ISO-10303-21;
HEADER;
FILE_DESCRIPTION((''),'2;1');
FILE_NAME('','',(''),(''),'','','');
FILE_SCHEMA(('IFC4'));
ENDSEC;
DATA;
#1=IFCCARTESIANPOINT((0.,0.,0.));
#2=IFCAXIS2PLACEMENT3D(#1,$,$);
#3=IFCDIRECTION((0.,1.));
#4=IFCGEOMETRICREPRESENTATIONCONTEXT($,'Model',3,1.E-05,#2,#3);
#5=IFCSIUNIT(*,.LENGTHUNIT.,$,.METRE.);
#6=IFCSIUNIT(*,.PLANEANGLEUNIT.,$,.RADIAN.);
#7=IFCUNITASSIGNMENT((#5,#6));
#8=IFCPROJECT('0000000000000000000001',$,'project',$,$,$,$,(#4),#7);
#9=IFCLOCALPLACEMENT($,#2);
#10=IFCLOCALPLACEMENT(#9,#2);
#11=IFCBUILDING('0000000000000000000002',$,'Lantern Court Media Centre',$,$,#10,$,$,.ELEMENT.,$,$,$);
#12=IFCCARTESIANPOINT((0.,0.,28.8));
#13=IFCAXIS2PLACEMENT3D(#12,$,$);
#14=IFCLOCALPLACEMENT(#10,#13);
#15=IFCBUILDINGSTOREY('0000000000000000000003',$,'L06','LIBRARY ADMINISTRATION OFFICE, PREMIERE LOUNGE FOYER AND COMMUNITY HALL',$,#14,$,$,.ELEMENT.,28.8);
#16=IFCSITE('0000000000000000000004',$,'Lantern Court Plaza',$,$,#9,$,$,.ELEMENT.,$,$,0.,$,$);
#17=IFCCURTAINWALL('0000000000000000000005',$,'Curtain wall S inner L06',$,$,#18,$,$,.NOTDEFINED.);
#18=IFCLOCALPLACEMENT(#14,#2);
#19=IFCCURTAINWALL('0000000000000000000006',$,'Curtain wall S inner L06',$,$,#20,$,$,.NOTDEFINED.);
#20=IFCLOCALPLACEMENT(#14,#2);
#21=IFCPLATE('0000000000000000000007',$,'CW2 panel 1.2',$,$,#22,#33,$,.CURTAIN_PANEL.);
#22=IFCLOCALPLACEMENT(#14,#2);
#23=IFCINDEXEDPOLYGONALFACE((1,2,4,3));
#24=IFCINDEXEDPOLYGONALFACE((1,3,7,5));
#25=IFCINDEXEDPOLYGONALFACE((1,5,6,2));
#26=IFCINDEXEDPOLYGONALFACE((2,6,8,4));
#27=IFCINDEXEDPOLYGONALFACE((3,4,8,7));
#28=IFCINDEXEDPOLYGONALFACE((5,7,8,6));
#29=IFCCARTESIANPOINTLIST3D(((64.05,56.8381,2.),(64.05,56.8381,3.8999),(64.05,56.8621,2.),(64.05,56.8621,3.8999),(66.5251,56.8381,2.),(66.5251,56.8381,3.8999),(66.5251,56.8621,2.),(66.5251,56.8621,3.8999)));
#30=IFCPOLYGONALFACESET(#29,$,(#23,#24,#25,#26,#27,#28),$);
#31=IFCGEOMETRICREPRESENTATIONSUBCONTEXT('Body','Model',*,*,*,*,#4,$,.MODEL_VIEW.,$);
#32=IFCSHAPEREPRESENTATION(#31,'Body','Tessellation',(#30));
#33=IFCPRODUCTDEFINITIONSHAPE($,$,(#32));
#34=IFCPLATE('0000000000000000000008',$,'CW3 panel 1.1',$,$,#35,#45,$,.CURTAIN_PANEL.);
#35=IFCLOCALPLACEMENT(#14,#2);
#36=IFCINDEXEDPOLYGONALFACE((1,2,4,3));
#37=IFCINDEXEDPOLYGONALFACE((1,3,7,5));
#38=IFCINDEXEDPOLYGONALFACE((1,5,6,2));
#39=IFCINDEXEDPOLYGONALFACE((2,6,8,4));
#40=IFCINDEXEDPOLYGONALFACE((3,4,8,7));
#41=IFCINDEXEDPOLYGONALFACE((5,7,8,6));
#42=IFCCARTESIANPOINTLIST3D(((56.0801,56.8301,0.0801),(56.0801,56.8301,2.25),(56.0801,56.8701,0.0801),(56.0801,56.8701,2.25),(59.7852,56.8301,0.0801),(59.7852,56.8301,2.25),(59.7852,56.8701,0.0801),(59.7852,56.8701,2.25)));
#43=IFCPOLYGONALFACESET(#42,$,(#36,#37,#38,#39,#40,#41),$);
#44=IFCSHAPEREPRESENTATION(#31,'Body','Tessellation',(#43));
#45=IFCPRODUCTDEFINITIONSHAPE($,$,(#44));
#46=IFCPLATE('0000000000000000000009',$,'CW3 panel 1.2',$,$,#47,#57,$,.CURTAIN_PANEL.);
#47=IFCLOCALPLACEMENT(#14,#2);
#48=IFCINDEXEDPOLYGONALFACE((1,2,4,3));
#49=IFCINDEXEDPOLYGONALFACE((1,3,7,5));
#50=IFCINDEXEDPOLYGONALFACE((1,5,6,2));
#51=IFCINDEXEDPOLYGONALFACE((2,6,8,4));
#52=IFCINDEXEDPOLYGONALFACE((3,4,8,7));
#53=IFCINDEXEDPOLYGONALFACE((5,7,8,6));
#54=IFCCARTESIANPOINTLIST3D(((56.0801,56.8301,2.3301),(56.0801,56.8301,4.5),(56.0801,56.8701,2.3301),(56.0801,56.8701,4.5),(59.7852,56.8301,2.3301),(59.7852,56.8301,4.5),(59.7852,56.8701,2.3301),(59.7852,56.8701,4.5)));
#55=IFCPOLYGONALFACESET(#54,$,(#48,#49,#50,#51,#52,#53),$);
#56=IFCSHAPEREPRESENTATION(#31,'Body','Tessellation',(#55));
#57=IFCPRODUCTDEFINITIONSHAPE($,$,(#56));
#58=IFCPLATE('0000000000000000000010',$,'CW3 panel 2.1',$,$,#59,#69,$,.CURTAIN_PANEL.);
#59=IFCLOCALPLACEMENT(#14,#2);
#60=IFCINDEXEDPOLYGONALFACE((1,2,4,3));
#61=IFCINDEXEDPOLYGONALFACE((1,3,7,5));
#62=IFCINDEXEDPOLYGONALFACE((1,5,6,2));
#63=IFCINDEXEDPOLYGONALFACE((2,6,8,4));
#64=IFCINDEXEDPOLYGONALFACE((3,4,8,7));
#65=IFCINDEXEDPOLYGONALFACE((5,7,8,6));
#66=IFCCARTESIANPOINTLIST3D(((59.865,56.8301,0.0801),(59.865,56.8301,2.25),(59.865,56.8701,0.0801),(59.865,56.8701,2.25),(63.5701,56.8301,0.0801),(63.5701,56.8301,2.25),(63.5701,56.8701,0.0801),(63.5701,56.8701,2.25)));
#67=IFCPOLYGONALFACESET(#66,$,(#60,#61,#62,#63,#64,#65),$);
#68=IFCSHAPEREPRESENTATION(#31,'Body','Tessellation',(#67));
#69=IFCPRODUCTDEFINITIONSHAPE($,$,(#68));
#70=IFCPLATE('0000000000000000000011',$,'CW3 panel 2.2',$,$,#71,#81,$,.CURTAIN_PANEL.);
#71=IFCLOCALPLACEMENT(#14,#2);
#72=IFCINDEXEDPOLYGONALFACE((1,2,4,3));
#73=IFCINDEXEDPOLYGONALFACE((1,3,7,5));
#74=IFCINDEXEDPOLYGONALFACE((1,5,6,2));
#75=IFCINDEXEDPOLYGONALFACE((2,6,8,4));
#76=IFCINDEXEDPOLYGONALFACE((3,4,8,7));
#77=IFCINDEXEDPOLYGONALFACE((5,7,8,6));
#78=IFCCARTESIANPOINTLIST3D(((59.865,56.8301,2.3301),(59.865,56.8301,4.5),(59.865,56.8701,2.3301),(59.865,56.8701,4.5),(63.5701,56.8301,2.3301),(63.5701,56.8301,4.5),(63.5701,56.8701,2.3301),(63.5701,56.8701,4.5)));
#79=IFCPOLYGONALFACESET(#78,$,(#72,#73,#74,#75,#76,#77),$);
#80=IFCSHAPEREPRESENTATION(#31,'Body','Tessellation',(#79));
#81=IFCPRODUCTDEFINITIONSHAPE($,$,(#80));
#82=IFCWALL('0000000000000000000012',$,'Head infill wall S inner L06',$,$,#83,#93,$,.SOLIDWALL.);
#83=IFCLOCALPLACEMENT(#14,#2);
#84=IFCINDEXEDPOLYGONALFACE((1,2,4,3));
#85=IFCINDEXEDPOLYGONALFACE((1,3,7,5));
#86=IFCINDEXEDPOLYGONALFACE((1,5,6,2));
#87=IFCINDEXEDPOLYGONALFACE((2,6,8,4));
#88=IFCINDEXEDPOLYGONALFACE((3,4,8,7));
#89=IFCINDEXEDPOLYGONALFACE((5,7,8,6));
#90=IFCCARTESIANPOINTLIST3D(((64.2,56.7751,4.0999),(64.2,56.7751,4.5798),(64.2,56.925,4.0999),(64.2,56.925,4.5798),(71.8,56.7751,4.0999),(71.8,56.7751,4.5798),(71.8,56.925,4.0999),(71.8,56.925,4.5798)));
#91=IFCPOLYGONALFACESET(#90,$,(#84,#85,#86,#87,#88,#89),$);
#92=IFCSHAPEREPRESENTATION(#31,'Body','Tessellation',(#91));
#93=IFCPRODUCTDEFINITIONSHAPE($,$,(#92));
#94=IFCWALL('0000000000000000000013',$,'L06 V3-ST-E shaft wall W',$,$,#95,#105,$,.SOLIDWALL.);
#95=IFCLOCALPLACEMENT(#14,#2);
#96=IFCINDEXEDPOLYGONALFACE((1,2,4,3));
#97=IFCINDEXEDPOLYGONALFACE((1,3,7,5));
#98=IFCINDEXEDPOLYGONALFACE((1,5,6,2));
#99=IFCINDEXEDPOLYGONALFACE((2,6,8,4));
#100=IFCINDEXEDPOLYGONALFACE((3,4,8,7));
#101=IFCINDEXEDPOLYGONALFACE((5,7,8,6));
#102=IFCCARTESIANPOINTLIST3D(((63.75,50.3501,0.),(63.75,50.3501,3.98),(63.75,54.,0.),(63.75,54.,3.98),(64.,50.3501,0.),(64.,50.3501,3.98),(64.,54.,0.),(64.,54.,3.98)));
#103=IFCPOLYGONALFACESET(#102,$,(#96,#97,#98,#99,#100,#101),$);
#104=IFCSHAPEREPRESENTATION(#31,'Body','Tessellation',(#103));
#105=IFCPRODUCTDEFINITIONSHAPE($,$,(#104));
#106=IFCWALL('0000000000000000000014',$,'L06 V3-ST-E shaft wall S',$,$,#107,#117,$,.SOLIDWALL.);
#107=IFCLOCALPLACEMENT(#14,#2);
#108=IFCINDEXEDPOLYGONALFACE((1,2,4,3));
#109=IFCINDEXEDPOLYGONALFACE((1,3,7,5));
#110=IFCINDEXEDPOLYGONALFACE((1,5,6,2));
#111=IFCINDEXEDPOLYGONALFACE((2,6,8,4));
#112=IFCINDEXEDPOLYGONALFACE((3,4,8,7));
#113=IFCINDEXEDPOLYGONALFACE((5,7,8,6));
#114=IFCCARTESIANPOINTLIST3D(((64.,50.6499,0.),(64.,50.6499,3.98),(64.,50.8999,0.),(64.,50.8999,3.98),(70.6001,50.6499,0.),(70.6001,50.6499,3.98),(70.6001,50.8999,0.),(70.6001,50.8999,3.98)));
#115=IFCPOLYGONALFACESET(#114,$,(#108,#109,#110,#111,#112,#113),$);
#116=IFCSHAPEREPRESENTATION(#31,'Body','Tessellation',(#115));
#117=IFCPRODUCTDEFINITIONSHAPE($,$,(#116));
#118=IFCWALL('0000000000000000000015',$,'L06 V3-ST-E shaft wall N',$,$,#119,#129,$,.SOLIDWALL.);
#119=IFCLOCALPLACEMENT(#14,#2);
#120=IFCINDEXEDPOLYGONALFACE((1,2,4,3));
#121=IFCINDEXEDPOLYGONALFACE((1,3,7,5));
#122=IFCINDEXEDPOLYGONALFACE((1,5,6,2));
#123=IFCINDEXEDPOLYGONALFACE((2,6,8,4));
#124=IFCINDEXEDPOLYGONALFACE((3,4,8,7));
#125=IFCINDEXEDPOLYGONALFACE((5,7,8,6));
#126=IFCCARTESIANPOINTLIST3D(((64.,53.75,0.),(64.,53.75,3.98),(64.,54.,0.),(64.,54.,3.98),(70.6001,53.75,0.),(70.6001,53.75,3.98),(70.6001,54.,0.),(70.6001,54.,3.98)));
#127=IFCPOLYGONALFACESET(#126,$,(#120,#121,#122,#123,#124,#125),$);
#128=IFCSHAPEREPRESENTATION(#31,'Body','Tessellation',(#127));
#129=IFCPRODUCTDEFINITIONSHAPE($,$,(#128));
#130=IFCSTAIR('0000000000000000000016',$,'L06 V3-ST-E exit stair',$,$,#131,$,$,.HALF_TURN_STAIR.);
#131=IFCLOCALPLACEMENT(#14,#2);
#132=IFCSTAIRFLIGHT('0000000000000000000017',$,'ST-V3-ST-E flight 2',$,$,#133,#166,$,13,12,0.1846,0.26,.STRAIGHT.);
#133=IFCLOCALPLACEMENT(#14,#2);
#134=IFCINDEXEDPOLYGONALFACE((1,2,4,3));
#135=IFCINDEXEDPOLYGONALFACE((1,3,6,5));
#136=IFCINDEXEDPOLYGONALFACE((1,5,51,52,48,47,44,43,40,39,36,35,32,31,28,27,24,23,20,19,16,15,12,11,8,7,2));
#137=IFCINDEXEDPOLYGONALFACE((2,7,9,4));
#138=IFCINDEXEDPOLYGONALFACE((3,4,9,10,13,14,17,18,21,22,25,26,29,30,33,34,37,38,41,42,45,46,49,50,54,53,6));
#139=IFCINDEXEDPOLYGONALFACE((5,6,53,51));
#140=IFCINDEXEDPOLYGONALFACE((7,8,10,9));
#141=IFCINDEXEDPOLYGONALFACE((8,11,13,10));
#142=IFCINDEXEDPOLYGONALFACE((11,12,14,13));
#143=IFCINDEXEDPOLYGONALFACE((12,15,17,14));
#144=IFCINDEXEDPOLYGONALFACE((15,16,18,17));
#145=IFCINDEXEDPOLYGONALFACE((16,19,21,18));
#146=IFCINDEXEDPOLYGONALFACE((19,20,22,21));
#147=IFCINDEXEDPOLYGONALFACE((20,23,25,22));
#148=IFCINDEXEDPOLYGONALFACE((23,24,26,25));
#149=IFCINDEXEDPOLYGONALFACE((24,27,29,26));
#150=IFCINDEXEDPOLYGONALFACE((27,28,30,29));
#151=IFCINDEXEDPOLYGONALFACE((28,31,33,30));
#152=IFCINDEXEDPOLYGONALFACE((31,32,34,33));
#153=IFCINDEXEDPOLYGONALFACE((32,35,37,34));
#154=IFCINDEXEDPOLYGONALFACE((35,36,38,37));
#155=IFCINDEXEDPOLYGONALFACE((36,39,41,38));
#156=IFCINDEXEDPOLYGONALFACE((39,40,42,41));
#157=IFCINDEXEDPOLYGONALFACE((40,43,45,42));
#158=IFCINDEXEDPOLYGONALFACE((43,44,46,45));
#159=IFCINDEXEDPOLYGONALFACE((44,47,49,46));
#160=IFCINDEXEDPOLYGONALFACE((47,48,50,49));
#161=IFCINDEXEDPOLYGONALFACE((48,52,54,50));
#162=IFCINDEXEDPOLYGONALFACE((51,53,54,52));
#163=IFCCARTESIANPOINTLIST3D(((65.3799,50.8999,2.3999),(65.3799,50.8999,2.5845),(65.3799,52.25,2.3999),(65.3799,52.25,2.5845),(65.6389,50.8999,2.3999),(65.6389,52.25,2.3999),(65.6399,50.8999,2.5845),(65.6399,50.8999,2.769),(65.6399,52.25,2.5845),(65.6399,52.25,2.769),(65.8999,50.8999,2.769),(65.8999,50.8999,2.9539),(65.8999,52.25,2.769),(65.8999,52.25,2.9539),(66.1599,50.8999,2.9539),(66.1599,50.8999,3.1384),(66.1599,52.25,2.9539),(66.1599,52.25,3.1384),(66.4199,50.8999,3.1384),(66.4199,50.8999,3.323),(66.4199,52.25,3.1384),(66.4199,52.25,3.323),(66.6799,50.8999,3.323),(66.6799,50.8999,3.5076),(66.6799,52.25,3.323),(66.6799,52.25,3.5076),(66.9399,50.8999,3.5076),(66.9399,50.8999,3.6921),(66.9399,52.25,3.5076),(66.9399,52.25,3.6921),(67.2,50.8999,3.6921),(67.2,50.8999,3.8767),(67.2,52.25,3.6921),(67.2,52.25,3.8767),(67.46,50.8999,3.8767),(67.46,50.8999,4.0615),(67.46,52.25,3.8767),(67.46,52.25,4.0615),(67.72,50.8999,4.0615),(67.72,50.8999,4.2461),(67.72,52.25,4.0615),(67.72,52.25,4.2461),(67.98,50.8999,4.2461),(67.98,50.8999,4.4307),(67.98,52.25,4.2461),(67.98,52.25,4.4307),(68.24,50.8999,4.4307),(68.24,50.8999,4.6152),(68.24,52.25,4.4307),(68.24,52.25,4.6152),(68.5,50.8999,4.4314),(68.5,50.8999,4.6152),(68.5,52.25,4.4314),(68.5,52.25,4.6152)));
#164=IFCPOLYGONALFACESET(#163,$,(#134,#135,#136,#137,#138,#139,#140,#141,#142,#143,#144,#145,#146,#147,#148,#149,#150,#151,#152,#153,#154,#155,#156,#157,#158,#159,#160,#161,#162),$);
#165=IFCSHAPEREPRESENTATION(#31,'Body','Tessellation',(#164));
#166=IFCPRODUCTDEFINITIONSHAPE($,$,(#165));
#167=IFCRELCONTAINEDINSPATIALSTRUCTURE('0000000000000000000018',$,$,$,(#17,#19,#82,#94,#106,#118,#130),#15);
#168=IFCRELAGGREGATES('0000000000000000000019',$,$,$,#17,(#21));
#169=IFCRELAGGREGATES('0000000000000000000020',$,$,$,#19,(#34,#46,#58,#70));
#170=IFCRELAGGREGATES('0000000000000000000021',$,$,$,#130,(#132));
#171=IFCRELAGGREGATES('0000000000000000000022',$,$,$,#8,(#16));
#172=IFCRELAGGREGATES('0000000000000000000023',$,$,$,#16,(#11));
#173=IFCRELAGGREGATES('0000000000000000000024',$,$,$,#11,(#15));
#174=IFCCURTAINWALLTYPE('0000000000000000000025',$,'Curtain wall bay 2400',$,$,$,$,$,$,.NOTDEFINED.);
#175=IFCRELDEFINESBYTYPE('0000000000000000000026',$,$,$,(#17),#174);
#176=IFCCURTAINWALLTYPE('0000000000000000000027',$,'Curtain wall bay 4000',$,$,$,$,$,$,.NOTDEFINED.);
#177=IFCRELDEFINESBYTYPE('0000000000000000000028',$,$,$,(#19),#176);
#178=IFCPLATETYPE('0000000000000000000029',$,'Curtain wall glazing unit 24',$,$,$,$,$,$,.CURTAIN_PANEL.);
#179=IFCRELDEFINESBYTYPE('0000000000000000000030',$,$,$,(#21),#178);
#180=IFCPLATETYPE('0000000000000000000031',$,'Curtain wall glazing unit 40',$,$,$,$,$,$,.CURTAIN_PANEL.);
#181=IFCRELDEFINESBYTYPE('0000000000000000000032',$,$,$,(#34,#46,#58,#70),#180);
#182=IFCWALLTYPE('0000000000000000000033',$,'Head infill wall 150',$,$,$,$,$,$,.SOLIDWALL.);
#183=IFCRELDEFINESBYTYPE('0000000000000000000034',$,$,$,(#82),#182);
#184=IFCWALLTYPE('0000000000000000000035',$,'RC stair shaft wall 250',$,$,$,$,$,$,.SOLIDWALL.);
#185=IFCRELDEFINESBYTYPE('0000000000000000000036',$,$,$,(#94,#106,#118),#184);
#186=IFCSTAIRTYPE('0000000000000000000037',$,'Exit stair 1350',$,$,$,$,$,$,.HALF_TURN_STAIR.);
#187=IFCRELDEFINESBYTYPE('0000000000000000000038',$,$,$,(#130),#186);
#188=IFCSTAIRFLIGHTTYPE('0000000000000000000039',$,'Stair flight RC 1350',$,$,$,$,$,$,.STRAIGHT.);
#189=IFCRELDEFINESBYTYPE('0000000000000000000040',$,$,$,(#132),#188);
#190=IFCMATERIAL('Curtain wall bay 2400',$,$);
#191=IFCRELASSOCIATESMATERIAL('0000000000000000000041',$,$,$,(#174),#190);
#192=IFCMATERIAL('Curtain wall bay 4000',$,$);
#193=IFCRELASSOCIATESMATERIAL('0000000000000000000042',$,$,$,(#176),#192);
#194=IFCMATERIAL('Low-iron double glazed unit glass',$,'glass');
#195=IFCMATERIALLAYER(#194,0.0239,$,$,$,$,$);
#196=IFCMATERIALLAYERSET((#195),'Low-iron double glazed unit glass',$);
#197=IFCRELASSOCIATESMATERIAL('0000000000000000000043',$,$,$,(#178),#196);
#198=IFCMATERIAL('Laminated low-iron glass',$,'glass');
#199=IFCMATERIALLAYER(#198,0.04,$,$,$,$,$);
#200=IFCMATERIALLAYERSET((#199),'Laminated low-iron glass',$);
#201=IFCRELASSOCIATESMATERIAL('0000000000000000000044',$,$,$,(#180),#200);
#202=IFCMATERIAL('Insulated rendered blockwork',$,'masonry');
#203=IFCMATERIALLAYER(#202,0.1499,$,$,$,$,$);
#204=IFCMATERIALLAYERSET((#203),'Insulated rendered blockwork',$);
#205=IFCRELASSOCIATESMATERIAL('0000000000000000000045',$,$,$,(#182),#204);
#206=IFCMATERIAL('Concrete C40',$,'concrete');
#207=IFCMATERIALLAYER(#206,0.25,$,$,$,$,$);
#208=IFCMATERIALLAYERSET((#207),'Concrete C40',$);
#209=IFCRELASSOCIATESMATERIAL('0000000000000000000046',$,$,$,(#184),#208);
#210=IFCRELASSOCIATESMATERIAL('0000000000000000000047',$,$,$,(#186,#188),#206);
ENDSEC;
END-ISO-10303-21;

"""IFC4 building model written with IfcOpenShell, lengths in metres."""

from ifc_helpers import new_model, si_unit, direction, frame, frame_2d, origin, origin_2d, place, context, subcontext, project, spatial, polyline, rectangle, outline, extrude, material, layer, layer_set, type_object, element, aggregate, save


model = new_model("IFC4")

# Units and contexts
model_context = context("Model", 3, precision=1e-05, world=origin(), true_north=direction((0.0, 1.0)))
body_context = subcontext(model_context, "Body", "Model", "MODEL_VIEW")
ifc_project = project(units=[si_unit("LENGTHUNIT", "METRE"), si_unit("PLANEANGLEUNIT", "RADIAN")], contexts=[model_context])

# Site, building, storey
site_placement = place(None, origin())
site = spatial("IfcSite", under=ifc_project, at=site_placement, Name="Lantern Court Plaza", CompositionType="ELEMENT", RefElevation=0.0)
building_placement = place(site_placement, origin())
building = spatial("IfcBuilding", under=site, at=building_placement, Name="Lantern Court Media Centre", CompositionType="ELEMENT")
storey_placement = place(building_placement, frame((0.0, 0.0, 28.8)))
storey = spatial("IfcBuildingStorey", under=building, at=storey_placement, Name="L06", Description="LIBRARY ADMINISTRATION OFFICE, PREMIERE LOUNGE FOYER AND COMMUNITY HALL", CompositionType="ELEMENT", Elevation=28.8)

# Curtain walls
ifc_material_1 = material(Name="Curtain wall bay 2400")
curtain_wall_type_1 = type_object("IfcCurtainWallType", Name="Curtain wall bay 2400", PredefinedType="NOTDEFINED", material=ifc_material_1)
curtain_wall_1_placement = place(storey_placement, origin())
curtain_wall_1 = element("IfcCurtainWall", 1, at=curtain_wall_1_placement, inside=storey, type_object=curtain_wall_type_1, Name="Curtain wall S inner L06", PredefinedType="NOTDEFINED")
ifc_material_2 = material(Name="Curtain wall bay 4000")
curtain_wall_type_2 = type_object("IfcCurtainWallType", Name="Curtain wall bay 4000", PredefinedType="NOTDEFINED", material=ifc_material_2)
curtain_wall_2_placement = place(storey_placement, origin())
curtain_wall_2 = element("IfcCurtainWall", 2, at=curtain_wall_2_placement, inside=storey, type_object=curtain_wall_type_2, Name="Curtain wall S inner L06", PredefinedType="NOTDEFINED")

# Plates
ifc_material_3 = material(Name="Low-iron double glazed unit glass", Category="glass")
ifc_layer_1 = layer(ifc_material_3, 0.0239)
ifc_layer_set_1 = layer_set([ifc_layer_1], Name="Low-iron double glazed unit glass")
plate_type_1 = type_object("IfcPlateType", Name="Curtain wall glazing unit 24", PredefinedType="CURTAIN_PANEL", material=ifc_layer_set_1)
plate_1_placement = place(storey_placement, frame((65.2876, 56.8501, 2.0), z_axis=(0.0, 0.0, 1.0), x_axis=(1.0, 0.0, 0.0)))
plate_1 = element("IfcPlate", 3, at=plate_1_placement, type_object=plate_type_1, Name="CW2 panel 1.2", PredefinedType="CURTAIN_PANEL", context=body_context, shape_type="SweptSolid", body=[
    extrude(rectangle(XDim=2.4751, YDim=0.0239, at=origin_2d()), origin(), (0.0, 0.0, 1.0), 1.8999),
])
aggregate(curtain_wall_1, [plate_1])
ifc_material_4 = material(Name="Laminated low-iron glass", Category="glass")
ifc_layer_2 = layer(ifc_material_4, 0.04)
ifc_layer_set_2 = layer_set([ifc_layer_2], Name="Laminated low-iron glass")
plate_type_2 = type_object("IfcPlateType", Name="Curtain wall glazing unit 40", PredefinedType="CURTAIN_PANEL", material=ifc_layer_set_2)
plate_2_placement = place(storey_placement, frame((57.9326, 56.8501, 0.0801), z_axis=(0.0, 0.0, 1.0), x_axis=(1.0, 0.0, 0.0)))
plate_2 = element("IfcPlate", 4, at=plate_2_placement, type_object=plate_type_2, Name="CW3 panel 1.1", PredefinedType="CURTAIN_PANEL", context=body_context, shape_type="SweptSolid", body=[
    extrude(rectangle(XDim=3.7051, YDim=0.04, at=origin_2d()), origin(), (0.0, 0.0, 1.0), 2.1699),
])
plate_3_placement = place(storey_placement, frame((57.9326, 56.8501, 2.3301), z_axis=(0.0, 0.0, 1.0), x_axis=(1.0, 0.0, 0.0)))
plate_3 = element("IfcPlate", 5, at=plate_3_placement, type_object=plate_type_2, Name="CW3 panel 1.2", PredefinedType="CURTAIN_PANEL", context=body_context, shape_type="SweptSolid", body=[
    extrude(rectangle(XDim=3.7051, YDim=0.04, at=origin_2d()), origin(), (0.0, 0.0, 1.0), 2.1699),
])
plate_4_placement = place(storey_placement, frame((61.7175, 56.8501, 0.0801), z_axis=(0.0, 0.0, 1.0), x_axis=(1.0, 0.0, 0.0)))
plate_4 = element("IfcPlate", 6, at=plate_4_placement, type_object=plate_type_2, Name="CW3 panel 2.1", PredefinedType="CURTAIN_PANEL", context=body_context, shape_type="SweptSolid", body=[
    extrude(rectangle(XDim=3.7051, YDim=0.04, at=origin_2d()), origin(), (0.0, 0.0, 1.0), 2.1699),
])
plate_5_placement = place(storey_placement, frame((61.7175, 56.8501, 2.3301), z_axis=(0.0, 0.0, 1.0), x_axis=(1.0, 0.0, 0.0)))
plate_5 = element("IfcPlate", 7, at=plate_5_placement, type_object=plate_type_2, Name="CW3 panel 2.2", PredefinedType="CURTAIN_PANEL", context=body_context, shape_type="SweptSolid", body=[
    extrude(rectangle(XDim=3.7051, YDim=0.04, at=origin_2d()), origin(), (0.0, 0.0, 1.0), 2.1699),
])
aggregate(curtain_wall_2, [plate_2, plate_3, plate_4, plate_5])

# Walls
ifc_material_5 = material(Name="Insulated rendered blockwork", Category="masonry")
ifc_layer_3 = layer(ifc_material_5, 0.1499)
ifc_layer_set_3 = layer_set([ifc_layer_3], Name="Insulated rendered blockwork")
wall_type_1 = type_object("IfcWallType", Name="Head infill wall 150", PredefinedType="SOLIDWALL", material=ifc_layer_set_3)
wall_1_placement = place(storey_placement, frame((64.2, 56.8501, 4.0999), z_axis=(0.0, 0.0, 1.0), x_axis=(1.0, 0.0, 0.0)))
element("IfcWall", 8, at=wall_1_placement, inside=storey, type_object=wall_type_1, Name="Head infill wall S inner L06", PredefinedType="SOLIDWALL", context=body_context, shape_type="SweptSolid", body=[
    extrude(rectangle(XDim=7.6001, YDim=0.1499, at=frame_2d((3.8, 0.0))), origin(), (0.0, 0.0, 1.0), 0.48),
])
ifc_material_6 = material(Name="Concrete C40", Category="concrete")
ifc_layer_4 = layer(ifc_material_6, 0.25)
ifc_layer_set_4 = layer_set([ifc_layer_4], Name="Concrete C40")
wall_type_2 = type_object("IfcWallType", Name="RC stair shaft wall 250", PredefinedType="SOLIDWALL", material=ifc_layer_set_4)
wall_2_placement = place(storey_placement, frame((63.875, 50.3501, 0.0), z_axis=(0.0, 0.0, 1.0), x_axis=(0.0, 1.0, 0.0)))
element("IfcWall", 9, at=wall_2_placement, inside=storey, type_object=wall_type_2, Name="L06 V3-ST-E shaft wall W", PredefinedType="SOLIDWALL", context=body_context, shape_type="SweptSolid", body=[
    extrude(rectangle(XDim=3.6499, YDim=0.25, at=frame_2d((1.825, 0.0))), origin(), (0.0, 0.0, 1.0), 3.98),
])
for number, where, z_axis, x_axis, name in (
    (10, (64.0, 50.7749, 0.0), (0.0, 0.0, 1.0), (1.0, 0.0, 0.0), "L06 V3-ST-E shaft wall S"),
    (11, (64.0, 53.875, 0.0), (0.0, 0.0, 1.0), (1.0, 0.0, 0.0), "L06 V3-ST-E shaft wall N"),
):
    element("IfcWall", number, at=place(storey_placement, frame(where, z_axis=z_axis, x_axis=x_axis)), inside=storey, type_object=wall_type_2, Name=name, PredefinedType="SOLIDWALL", context=body_context, shape_type="SweptSolid", body=[
        extrude(rectangle(XDim=6.6001, YDim=0.25, at=frame_2d((3.3, 0.0))), origin(), (0.0, 0.0, 1.0), 3.98),
    ])

# Stair, stair flight
stair_type = type_object("IfcStairType", Name="Exit stair 1350", PredefinedType="HALF_TURN_STAIR", material=ifc_material_6)
stair_placement = place(storey_placement, origin())
stair = element("IfcStair", 12, at=stair_placement, inside=storey, type_object=stair_type, Name="L06 V3-ST-E exit stair", PredefinedType="HALF_TURN_STAIR")
stair_flight_type = type_object("IfcStairFlightType", Name="Stair flight RC 1350", PredefinedType="STRAIGHT", material=ifc_material_6)
stair_flight_placement = place(storey_placement, frame((65.3799, 51.575, 2.3999), z_axis=(0.0, 0.0, 1.0), x_axis=(1.0, 0.0, 0.0)))
stair_flight = element("IfcStairFlight", 13, at=stair_flight_placement, type_object=stair_flight_type, Name="ST-V3-ST-E flight 2", NumberOfRisers=13, NumberOfTreads=12, PredefinedType="STRAIGHT", RiserHeight=0.1846, TreadLength=0.26, context=body_context, shape_type="SweptSolid", body=[
    extrude(outline(polyline([(0.0, 0.0), (0.0, 0.1846), (0.26, 0.1846), (0.26, 0.3691), (0.52, 0.3691), (0.52, 0.554), (0.78, 0.554), (0.78, 0.7385), (1.04, 0.7385), (1.04, 0.9231), (1.3, 0.9231), (1.3, 1.1077), (1.5601, 1.1077), (1.5601, 1.2922), (1.8201, 1.2922), (1.8201, 1.4768), (2.0801, 1.4768), (2.0801, 1.6616), (2.3401, 1.6616), (2.3401, 1.8462), (2.6001, 1.8462), (2.6001, 2.0308), (2.8601, 2.0308), (2.8601, 2.2153), (3.1201, 2.2153), (3.1201, 2.3999), (3.1201, 2.0315), (0.259, 0.0), (0.0, 0.0)])), frame((0.0, 0.675, 0.0), z_axis=(0.0, -1.0, 0.0), x_axis=(1.0, 0.0, 0.0)), (0.0, 0.0, 1.0), 1.3501),
])
aggregate(stair, [stair_flight])

save(model, "model.ifc")
